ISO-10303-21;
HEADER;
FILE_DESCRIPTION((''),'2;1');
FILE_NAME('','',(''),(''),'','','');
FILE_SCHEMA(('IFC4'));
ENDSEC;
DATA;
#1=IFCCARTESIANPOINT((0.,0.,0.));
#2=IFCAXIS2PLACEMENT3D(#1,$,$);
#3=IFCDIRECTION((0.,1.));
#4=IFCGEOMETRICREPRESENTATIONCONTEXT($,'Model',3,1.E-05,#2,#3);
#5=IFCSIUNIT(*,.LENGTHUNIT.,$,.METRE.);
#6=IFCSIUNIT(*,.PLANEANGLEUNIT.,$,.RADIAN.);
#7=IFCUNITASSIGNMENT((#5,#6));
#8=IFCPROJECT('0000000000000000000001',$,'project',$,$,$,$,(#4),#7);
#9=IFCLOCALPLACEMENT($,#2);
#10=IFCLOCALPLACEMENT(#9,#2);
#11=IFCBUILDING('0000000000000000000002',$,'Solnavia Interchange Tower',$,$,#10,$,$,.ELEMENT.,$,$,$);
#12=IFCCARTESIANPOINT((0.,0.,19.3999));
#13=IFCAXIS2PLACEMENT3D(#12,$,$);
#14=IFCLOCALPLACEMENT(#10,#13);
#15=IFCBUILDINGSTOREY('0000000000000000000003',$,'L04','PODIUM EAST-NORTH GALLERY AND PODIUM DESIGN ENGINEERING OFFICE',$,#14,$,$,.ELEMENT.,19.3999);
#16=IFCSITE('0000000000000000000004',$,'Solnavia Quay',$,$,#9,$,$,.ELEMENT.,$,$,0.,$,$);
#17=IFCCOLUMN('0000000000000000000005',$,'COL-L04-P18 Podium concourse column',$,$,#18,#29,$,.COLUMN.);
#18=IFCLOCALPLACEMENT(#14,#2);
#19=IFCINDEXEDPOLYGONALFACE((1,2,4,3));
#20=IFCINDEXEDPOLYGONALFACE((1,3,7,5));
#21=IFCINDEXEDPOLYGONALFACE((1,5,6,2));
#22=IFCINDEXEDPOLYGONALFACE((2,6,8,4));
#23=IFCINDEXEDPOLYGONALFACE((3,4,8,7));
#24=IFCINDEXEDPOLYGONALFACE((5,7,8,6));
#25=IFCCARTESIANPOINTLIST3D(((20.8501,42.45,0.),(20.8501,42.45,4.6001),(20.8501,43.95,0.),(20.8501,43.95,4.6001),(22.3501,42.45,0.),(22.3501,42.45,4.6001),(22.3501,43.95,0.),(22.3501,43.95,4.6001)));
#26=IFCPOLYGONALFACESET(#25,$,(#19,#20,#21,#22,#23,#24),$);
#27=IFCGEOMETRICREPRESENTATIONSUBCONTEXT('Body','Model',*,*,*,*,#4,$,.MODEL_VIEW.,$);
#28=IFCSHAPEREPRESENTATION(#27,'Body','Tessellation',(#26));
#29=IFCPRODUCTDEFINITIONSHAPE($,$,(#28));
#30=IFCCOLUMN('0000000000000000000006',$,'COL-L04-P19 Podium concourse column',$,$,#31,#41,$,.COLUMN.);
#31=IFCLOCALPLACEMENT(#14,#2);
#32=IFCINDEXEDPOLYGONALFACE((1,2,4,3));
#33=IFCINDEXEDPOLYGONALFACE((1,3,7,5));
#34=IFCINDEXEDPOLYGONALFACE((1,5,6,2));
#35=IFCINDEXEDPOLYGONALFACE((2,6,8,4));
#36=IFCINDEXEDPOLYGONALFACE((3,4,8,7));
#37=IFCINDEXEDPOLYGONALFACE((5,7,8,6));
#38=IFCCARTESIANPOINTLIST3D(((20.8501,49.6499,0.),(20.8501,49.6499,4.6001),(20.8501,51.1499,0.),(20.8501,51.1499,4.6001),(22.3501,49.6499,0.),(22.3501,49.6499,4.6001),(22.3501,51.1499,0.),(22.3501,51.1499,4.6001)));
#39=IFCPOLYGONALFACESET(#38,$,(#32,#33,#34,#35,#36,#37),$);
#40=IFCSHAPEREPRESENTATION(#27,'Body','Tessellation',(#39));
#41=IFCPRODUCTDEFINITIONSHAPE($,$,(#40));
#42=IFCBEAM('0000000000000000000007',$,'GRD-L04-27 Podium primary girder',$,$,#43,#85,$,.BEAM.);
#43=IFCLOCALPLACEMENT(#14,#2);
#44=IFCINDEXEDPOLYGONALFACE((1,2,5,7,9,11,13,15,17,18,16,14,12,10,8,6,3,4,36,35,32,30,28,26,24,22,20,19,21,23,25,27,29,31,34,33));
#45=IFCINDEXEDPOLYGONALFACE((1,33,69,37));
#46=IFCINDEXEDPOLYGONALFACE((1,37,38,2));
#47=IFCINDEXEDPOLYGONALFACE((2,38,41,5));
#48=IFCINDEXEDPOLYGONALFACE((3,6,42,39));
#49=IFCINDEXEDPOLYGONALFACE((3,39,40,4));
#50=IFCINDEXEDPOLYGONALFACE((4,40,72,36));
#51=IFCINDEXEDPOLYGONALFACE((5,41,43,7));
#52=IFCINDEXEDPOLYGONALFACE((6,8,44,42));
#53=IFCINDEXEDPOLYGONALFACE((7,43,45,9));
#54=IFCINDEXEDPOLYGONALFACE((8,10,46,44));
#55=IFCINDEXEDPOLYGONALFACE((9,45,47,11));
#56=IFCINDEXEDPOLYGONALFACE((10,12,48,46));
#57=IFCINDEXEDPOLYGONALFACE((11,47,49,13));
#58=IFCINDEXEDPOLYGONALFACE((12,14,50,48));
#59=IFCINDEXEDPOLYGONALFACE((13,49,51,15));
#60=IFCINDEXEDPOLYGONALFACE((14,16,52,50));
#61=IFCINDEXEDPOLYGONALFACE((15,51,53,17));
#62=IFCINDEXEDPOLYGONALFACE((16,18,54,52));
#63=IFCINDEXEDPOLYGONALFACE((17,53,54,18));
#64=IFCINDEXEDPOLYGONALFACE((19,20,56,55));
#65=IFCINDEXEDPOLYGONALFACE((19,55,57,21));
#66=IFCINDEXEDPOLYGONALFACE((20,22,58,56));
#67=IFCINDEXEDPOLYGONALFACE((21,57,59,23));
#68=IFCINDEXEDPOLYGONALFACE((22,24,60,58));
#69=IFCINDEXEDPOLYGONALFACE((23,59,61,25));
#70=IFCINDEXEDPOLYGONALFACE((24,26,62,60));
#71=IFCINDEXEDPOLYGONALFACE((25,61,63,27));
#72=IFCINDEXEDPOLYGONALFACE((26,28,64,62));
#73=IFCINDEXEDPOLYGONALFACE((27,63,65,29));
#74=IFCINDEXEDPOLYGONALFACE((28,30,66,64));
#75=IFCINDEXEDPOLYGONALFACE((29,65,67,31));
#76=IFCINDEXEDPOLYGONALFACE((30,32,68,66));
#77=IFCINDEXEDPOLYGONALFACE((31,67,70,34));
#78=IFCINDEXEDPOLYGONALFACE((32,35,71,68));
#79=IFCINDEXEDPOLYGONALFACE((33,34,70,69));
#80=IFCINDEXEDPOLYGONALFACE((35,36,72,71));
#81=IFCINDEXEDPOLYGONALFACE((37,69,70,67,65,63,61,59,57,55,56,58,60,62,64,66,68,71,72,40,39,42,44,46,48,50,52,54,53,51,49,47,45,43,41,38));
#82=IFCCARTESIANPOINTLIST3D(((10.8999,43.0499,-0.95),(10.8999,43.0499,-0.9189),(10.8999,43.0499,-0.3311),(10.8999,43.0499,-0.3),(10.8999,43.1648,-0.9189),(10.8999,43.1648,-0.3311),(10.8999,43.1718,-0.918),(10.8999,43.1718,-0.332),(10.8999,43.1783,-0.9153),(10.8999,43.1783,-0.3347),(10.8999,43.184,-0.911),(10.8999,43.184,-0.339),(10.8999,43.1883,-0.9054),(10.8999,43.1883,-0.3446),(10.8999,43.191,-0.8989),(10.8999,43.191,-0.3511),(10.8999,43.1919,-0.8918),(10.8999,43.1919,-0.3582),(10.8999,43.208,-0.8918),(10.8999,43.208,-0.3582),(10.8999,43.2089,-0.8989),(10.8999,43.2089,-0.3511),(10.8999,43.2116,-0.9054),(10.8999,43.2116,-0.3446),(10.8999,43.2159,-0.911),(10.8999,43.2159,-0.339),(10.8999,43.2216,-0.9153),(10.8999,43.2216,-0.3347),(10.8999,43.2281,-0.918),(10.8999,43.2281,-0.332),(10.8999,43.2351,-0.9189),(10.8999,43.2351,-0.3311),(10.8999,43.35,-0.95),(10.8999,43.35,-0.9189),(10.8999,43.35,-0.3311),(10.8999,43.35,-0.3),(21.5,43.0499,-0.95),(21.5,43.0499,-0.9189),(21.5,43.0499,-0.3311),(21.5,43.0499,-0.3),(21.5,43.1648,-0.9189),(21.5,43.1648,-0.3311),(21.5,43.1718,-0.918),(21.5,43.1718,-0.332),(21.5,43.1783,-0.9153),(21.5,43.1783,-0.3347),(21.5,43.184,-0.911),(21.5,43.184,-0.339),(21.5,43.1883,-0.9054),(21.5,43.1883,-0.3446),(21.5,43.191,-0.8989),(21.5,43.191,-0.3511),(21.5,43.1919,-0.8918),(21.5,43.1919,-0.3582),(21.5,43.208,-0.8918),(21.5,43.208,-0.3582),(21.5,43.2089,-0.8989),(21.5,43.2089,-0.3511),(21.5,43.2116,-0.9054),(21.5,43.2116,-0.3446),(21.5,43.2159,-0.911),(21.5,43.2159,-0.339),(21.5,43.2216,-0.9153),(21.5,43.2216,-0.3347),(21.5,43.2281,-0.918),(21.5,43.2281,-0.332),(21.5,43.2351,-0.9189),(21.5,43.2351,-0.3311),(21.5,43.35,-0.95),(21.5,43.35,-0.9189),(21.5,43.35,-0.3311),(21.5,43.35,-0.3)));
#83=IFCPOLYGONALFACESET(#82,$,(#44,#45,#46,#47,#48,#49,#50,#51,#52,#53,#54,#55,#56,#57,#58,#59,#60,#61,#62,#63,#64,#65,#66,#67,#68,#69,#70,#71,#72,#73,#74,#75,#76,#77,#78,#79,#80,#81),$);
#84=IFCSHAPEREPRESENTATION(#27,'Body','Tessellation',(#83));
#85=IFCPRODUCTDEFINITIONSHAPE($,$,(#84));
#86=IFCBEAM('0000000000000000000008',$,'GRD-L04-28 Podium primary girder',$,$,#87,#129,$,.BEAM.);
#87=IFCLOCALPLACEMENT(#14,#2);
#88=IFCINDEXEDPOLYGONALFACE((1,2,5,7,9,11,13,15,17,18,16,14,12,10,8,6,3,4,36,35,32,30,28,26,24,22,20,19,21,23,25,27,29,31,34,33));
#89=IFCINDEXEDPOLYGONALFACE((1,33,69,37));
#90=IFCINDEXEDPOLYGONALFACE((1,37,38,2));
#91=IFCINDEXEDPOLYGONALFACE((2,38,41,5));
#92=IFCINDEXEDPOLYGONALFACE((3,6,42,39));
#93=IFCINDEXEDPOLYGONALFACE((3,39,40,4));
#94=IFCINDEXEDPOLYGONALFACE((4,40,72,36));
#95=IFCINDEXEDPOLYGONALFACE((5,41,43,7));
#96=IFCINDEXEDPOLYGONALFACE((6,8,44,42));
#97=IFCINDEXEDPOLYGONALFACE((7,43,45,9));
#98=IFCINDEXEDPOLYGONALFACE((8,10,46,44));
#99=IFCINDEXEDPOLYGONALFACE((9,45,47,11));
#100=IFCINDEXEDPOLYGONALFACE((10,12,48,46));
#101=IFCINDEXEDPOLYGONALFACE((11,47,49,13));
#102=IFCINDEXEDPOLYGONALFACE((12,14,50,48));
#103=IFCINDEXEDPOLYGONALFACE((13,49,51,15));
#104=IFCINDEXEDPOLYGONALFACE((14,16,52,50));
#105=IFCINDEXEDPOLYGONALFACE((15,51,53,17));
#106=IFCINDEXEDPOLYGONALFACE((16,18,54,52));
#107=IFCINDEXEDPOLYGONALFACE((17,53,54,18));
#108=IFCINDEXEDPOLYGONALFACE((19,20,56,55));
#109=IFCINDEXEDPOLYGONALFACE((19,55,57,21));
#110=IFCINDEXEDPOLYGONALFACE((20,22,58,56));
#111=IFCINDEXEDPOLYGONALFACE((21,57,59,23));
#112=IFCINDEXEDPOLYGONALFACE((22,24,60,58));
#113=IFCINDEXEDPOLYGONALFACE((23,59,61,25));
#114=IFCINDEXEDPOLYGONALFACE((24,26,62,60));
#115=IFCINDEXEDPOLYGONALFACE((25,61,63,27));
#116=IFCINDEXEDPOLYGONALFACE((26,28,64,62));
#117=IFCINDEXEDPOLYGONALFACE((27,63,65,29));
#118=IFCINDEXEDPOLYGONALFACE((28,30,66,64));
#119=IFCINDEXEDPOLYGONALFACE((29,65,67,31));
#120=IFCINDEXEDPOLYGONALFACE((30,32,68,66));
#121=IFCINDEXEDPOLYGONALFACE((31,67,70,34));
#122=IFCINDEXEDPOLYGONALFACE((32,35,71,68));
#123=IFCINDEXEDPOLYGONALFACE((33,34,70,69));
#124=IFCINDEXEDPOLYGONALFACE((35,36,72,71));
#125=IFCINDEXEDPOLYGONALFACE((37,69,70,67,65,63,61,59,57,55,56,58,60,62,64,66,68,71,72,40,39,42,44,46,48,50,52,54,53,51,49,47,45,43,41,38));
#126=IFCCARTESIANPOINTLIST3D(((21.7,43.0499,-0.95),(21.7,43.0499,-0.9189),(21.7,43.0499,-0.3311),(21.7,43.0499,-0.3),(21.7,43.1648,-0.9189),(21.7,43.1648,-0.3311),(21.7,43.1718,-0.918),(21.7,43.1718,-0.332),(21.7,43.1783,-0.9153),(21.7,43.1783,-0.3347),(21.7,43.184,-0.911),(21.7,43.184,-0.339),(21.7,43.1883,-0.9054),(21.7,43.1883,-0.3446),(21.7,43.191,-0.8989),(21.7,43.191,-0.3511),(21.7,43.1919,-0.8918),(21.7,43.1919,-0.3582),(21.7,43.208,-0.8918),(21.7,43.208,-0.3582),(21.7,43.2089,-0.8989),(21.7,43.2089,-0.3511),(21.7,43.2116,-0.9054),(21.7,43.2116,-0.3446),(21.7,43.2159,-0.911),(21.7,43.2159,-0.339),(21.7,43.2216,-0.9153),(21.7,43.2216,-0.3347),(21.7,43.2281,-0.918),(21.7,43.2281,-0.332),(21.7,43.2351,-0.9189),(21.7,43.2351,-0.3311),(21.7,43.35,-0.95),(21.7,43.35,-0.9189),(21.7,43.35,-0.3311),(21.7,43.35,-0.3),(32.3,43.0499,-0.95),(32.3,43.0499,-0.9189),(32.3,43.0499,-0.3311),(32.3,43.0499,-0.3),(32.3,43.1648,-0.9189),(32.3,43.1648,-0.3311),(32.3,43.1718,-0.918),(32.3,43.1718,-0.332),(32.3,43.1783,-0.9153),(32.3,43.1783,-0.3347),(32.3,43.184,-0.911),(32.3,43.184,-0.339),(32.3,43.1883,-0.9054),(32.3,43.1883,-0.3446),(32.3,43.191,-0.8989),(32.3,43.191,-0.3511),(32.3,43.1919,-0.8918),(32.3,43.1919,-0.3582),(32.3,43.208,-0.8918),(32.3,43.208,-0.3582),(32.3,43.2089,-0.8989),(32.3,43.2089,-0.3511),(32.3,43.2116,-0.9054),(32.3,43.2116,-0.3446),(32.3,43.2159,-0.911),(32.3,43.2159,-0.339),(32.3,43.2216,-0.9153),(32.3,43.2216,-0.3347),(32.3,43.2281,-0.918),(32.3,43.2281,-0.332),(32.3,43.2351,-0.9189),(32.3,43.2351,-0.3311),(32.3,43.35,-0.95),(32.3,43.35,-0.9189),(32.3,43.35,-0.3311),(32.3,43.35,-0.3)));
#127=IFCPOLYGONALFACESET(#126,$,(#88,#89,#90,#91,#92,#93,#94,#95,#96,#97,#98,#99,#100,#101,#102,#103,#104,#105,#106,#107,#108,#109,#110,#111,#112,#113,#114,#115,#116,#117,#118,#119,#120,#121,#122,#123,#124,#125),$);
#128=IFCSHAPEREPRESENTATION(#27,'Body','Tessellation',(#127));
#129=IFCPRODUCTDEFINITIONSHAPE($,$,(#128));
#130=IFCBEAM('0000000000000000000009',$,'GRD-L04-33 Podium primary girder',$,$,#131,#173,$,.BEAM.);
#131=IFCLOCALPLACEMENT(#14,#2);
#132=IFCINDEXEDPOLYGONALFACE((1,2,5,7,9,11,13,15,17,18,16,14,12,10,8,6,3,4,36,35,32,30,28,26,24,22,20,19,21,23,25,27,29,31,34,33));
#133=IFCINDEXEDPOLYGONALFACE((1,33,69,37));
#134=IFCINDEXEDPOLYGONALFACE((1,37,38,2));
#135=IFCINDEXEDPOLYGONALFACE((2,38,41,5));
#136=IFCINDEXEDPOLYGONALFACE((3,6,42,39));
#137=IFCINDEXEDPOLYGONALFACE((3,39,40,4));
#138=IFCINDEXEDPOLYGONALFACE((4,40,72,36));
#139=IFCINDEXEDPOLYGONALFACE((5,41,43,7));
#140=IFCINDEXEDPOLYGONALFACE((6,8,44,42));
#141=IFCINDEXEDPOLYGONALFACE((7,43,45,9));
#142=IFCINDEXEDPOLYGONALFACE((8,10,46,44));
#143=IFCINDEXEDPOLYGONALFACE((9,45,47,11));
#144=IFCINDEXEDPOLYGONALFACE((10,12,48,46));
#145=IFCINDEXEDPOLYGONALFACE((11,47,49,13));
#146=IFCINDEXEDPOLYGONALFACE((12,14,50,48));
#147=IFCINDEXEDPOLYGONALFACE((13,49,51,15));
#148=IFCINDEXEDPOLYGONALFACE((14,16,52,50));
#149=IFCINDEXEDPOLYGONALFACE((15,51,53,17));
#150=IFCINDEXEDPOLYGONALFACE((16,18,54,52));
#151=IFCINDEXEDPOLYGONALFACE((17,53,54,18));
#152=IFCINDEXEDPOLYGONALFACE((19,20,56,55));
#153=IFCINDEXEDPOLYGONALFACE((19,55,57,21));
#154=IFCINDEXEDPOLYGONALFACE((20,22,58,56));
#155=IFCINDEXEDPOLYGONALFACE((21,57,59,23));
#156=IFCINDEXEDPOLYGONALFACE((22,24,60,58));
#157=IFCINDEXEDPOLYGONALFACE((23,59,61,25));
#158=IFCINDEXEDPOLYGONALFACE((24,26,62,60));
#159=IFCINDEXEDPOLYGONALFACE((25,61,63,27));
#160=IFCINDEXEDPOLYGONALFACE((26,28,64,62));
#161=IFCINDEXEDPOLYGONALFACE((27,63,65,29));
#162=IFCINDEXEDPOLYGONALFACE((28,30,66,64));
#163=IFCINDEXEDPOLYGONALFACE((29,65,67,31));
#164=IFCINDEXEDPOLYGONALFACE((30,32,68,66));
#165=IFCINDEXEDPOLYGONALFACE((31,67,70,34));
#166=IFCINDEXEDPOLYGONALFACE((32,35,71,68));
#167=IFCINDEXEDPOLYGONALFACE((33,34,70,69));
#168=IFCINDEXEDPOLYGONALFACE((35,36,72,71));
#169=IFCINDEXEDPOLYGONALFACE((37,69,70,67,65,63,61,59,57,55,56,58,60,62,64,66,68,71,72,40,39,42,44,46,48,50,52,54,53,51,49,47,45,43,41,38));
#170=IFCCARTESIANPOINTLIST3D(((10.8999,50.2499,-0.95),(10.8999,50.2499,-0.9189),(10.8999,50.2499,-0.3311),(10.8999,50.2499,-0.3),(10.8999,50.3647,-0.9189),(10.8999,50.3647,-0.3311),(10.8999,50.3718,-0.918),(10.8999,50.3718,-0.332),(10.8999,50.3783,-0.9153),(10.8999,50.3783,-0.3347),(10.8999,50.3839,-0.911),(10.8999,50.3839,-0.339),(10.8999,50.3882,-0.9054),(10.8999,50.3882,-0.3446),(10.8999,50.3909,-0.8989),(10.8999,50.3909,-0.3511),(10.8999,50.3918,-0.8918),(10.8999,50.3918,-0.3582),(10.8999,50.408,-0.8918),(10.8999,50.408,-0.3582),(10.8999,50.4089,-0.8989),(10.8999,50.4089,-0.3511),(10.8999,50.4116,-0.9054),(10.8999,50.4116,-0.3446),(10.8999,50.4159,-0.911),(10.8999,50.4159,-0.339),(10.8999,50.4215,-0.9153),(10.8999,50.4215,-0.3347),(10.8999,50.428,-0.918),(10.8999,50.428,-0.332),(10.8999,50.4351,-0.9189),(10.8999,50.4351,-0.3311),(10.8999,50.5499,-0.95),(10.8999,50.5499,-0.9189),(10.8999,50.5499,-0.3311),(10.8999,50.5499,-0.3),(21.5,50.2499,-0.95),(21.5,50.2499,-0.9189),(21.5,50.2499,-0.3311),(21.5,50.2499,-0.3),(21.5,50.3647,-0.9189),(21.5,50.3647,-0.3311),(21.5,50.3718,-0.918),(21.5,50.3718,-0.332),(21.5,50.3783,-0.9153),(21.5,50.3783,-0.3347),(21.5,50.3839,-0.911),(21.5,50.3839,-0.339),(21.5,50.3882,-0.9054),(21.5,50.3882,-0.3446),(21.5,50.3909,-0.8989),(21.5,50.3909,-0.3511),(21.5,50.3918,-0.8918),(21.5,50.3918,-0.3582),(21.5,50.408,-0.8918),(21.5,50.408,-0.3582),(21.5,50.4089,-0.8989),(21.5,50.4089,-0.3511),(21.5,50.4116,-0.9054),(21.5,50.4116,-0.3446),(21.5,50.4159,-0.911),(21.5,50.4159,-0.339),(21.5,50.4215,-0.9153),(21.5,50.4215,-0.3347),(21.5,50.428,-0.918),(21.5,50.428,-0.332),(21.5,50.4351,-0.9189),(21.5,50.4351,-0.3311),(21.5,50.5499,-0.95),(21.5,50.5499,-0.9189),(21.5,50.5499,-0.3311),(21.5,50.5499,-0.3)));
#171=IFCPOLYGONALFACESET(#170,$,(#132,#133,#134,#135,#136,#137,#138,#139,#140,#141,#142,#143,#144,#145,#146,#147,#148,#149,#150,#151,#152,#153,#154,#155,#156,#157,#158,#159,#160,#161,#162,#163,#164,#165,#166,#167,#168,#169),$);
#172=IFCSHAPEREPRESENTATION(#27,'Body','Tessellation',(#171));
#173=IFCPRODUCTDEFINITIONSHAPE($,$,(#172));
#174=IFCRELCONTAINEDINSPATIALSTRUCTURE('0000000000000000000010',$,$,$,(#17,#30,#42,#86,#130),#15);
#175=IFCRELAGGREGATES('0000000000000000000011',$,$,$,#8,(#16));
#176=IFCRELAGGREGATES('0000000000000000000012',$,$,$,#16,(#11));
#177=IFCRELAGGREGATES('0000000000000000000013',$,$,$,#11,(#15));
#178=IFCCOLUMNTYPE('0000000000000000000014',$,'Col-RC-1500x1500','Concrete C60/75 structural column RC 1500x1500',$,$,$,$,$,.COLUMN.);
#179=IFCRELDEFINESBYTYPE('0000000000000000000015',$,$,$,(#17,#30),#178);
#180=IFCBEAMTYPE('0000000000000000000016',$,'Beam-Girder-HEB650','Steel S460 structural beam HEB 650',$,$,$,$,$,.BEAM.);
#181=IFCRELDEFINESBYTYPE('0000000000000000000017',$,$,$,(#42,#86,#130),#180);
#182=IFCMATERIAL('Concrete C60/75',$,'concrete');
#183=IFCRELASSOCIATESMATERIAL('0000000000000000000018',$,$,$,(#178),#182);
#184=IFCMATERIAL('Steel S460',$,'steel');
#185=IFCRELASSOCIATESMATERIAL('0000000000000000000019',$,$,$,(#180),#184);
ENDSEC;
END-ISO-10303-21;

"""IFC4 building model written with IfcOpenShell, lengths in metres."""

from ifc_helpers import new_model, si_unit, direction, frame, origin, origin_2d, place, context, subcontext, project, spatial, rectangle, i_section, extrude, material, material_profile, profile_set, type_object, element, save


model = new_model("IFC4")

# Units and contexts
model_context = context("Model", 3, precision=1e-05, world=origin(), true_north=direction((0.0, 1.0)))
body_context = subcontext(model_context, "Body", "Model", "MODEL_VIEW")
ifc_project = project(units=[si_unit("LENGTHUNIT", "METRE"), si_unit("PLANEANGLEUNIT", "RADIAN")], contexts=[model_context])

# Site, building, storey
site_placement = place(None, origin())
site = spatial("IfcSite", under=ifc_project, at=site_placement, Name="Solnavia Quay", CompositionType="ELEMENT", RefElevation=0.0)
building_placement = place(site_placement, origin())
building = spatial("IfcBuilding", under=site, at=building_placement, Name="Solnavia Interchange Tower", CompositionType="ELEMENT")
storey_placement = place(building_placement, frame((0.0, 0.0, 19.3999)))
storey = spatial("IfcBuildingStorey", under=building, at=storey_placement, Name="L04", Description="PODIUM EAST-NORTH GALLERY AND PODIUM DESIGN ENGINEERING OFFICE", CompositionType="ELEMENT", Elevation=19.3999)

# Columns
ifc_material_1 = material(Name="Concrete C60/75", Category="concrete")
ifc_material_profile_1 = material_profile(ifc_material_1, rectangle(XDim=1.5, YDim=1.5, at=origin_2d()), Name="RC 1500x1500")
ifc_profile_set_1 = profile_set([ifc_material_profile_1], Name="Concrete C60/75")
column_type = type_object("IfcColumnType", Name="Col-RC-1500x1500", Description="Concrete C60/75 structural column RC 1500x1500", PredefinedType="COLUMN", material=ifc_profile_set_1)
for number, where, z_axis, x_axis, name in (
    (1, (21.6001, 43.2, 0.0), (0.0, 0.0, 1.0), (1.0, 0.0, 0.0), "COL-L04-P18 Podium concourse column"),
    (2, (21.6001, 50.3999, 0.0), (0.0, 0.0, 1.0), (1.0, 0.0, 0.0), "COL-L04-P19 Podium concourse column"),
):
    element("IfcColumn", number, at=place(storey_placement, frame(where, z_axis=z_axis, x_axis=x_axis)), inside=storey, type_object=column_type, Name=name, PredefinedType="COLUMN", context=body_context, shape_type="SweptSolid", body=[
        extrude(rectangle(XDim=1.5, YDim=1.5, at=origin_2d()), origin(), (0.0, 0.0, 1.0), 4.6001),
    ])

# Beams
ifc_material_2 = material(Name="Steel S460", Category="steel")
ifc_material_profile_2 = material_profile(ifc_material_2, i_section(OverallWidth=0.3, OverallDepth=0.6499, WebThickness=0.0161, FlangeThickness=0.031, FilletRadius=0.0271, at=origin_2d()), Name="HEB 650")
ifc_profile_set_2 = profile_set([ifc_material_profile_2], Name="Steel S460")
beam_type_1 = type_object("IfcBeamType", Name="Beam-Girder-HEB650", Description="Steel S460 structural beam HEB 650", PredefinedType="BEAM", material=ifc_profile_set_2)
for number, where, z_axis, x_axis, name in (
    (3, (10.8999, 43.2, -0.625), (1.0, 0.0, 0.0), (0.0, 1.0, 0.0), "GRD-L04-27 Podium primary girder"),
    (4, (21.7, 43.2, -0.625), (1.0, 0.0, 0.0), (0.0, 1.0, 0.0), "GRD-L04-28 Podium primary girder"),
    (5, (10.8999, 50.3999, -0.625), (1.0, 0.0, 0.0), (0.0, 1.0, 0.0), "GRD-L04-33 Podium primary girder"),
):
    element("IfcBeam", number, at=place(storey_placement, frame(where, z_axis=z_axis, x_axis=x_axis)), inside=storey, type_object=beam_type_1, Name=name, PredefinedType="BEAM", context=body_context, shape_type="SweptSolid", body=[
        extrude(i_section(OverallWidth=0.3, OverallDepth=0.6499, WebThickness=0.0161, FlangeThickness=0.031, FilletRadius=0.0271, at=origin_2d()), origin(), (0.0, 0.0, 1.0), 10.6001),
    ])

save(model, "model.ifc")
